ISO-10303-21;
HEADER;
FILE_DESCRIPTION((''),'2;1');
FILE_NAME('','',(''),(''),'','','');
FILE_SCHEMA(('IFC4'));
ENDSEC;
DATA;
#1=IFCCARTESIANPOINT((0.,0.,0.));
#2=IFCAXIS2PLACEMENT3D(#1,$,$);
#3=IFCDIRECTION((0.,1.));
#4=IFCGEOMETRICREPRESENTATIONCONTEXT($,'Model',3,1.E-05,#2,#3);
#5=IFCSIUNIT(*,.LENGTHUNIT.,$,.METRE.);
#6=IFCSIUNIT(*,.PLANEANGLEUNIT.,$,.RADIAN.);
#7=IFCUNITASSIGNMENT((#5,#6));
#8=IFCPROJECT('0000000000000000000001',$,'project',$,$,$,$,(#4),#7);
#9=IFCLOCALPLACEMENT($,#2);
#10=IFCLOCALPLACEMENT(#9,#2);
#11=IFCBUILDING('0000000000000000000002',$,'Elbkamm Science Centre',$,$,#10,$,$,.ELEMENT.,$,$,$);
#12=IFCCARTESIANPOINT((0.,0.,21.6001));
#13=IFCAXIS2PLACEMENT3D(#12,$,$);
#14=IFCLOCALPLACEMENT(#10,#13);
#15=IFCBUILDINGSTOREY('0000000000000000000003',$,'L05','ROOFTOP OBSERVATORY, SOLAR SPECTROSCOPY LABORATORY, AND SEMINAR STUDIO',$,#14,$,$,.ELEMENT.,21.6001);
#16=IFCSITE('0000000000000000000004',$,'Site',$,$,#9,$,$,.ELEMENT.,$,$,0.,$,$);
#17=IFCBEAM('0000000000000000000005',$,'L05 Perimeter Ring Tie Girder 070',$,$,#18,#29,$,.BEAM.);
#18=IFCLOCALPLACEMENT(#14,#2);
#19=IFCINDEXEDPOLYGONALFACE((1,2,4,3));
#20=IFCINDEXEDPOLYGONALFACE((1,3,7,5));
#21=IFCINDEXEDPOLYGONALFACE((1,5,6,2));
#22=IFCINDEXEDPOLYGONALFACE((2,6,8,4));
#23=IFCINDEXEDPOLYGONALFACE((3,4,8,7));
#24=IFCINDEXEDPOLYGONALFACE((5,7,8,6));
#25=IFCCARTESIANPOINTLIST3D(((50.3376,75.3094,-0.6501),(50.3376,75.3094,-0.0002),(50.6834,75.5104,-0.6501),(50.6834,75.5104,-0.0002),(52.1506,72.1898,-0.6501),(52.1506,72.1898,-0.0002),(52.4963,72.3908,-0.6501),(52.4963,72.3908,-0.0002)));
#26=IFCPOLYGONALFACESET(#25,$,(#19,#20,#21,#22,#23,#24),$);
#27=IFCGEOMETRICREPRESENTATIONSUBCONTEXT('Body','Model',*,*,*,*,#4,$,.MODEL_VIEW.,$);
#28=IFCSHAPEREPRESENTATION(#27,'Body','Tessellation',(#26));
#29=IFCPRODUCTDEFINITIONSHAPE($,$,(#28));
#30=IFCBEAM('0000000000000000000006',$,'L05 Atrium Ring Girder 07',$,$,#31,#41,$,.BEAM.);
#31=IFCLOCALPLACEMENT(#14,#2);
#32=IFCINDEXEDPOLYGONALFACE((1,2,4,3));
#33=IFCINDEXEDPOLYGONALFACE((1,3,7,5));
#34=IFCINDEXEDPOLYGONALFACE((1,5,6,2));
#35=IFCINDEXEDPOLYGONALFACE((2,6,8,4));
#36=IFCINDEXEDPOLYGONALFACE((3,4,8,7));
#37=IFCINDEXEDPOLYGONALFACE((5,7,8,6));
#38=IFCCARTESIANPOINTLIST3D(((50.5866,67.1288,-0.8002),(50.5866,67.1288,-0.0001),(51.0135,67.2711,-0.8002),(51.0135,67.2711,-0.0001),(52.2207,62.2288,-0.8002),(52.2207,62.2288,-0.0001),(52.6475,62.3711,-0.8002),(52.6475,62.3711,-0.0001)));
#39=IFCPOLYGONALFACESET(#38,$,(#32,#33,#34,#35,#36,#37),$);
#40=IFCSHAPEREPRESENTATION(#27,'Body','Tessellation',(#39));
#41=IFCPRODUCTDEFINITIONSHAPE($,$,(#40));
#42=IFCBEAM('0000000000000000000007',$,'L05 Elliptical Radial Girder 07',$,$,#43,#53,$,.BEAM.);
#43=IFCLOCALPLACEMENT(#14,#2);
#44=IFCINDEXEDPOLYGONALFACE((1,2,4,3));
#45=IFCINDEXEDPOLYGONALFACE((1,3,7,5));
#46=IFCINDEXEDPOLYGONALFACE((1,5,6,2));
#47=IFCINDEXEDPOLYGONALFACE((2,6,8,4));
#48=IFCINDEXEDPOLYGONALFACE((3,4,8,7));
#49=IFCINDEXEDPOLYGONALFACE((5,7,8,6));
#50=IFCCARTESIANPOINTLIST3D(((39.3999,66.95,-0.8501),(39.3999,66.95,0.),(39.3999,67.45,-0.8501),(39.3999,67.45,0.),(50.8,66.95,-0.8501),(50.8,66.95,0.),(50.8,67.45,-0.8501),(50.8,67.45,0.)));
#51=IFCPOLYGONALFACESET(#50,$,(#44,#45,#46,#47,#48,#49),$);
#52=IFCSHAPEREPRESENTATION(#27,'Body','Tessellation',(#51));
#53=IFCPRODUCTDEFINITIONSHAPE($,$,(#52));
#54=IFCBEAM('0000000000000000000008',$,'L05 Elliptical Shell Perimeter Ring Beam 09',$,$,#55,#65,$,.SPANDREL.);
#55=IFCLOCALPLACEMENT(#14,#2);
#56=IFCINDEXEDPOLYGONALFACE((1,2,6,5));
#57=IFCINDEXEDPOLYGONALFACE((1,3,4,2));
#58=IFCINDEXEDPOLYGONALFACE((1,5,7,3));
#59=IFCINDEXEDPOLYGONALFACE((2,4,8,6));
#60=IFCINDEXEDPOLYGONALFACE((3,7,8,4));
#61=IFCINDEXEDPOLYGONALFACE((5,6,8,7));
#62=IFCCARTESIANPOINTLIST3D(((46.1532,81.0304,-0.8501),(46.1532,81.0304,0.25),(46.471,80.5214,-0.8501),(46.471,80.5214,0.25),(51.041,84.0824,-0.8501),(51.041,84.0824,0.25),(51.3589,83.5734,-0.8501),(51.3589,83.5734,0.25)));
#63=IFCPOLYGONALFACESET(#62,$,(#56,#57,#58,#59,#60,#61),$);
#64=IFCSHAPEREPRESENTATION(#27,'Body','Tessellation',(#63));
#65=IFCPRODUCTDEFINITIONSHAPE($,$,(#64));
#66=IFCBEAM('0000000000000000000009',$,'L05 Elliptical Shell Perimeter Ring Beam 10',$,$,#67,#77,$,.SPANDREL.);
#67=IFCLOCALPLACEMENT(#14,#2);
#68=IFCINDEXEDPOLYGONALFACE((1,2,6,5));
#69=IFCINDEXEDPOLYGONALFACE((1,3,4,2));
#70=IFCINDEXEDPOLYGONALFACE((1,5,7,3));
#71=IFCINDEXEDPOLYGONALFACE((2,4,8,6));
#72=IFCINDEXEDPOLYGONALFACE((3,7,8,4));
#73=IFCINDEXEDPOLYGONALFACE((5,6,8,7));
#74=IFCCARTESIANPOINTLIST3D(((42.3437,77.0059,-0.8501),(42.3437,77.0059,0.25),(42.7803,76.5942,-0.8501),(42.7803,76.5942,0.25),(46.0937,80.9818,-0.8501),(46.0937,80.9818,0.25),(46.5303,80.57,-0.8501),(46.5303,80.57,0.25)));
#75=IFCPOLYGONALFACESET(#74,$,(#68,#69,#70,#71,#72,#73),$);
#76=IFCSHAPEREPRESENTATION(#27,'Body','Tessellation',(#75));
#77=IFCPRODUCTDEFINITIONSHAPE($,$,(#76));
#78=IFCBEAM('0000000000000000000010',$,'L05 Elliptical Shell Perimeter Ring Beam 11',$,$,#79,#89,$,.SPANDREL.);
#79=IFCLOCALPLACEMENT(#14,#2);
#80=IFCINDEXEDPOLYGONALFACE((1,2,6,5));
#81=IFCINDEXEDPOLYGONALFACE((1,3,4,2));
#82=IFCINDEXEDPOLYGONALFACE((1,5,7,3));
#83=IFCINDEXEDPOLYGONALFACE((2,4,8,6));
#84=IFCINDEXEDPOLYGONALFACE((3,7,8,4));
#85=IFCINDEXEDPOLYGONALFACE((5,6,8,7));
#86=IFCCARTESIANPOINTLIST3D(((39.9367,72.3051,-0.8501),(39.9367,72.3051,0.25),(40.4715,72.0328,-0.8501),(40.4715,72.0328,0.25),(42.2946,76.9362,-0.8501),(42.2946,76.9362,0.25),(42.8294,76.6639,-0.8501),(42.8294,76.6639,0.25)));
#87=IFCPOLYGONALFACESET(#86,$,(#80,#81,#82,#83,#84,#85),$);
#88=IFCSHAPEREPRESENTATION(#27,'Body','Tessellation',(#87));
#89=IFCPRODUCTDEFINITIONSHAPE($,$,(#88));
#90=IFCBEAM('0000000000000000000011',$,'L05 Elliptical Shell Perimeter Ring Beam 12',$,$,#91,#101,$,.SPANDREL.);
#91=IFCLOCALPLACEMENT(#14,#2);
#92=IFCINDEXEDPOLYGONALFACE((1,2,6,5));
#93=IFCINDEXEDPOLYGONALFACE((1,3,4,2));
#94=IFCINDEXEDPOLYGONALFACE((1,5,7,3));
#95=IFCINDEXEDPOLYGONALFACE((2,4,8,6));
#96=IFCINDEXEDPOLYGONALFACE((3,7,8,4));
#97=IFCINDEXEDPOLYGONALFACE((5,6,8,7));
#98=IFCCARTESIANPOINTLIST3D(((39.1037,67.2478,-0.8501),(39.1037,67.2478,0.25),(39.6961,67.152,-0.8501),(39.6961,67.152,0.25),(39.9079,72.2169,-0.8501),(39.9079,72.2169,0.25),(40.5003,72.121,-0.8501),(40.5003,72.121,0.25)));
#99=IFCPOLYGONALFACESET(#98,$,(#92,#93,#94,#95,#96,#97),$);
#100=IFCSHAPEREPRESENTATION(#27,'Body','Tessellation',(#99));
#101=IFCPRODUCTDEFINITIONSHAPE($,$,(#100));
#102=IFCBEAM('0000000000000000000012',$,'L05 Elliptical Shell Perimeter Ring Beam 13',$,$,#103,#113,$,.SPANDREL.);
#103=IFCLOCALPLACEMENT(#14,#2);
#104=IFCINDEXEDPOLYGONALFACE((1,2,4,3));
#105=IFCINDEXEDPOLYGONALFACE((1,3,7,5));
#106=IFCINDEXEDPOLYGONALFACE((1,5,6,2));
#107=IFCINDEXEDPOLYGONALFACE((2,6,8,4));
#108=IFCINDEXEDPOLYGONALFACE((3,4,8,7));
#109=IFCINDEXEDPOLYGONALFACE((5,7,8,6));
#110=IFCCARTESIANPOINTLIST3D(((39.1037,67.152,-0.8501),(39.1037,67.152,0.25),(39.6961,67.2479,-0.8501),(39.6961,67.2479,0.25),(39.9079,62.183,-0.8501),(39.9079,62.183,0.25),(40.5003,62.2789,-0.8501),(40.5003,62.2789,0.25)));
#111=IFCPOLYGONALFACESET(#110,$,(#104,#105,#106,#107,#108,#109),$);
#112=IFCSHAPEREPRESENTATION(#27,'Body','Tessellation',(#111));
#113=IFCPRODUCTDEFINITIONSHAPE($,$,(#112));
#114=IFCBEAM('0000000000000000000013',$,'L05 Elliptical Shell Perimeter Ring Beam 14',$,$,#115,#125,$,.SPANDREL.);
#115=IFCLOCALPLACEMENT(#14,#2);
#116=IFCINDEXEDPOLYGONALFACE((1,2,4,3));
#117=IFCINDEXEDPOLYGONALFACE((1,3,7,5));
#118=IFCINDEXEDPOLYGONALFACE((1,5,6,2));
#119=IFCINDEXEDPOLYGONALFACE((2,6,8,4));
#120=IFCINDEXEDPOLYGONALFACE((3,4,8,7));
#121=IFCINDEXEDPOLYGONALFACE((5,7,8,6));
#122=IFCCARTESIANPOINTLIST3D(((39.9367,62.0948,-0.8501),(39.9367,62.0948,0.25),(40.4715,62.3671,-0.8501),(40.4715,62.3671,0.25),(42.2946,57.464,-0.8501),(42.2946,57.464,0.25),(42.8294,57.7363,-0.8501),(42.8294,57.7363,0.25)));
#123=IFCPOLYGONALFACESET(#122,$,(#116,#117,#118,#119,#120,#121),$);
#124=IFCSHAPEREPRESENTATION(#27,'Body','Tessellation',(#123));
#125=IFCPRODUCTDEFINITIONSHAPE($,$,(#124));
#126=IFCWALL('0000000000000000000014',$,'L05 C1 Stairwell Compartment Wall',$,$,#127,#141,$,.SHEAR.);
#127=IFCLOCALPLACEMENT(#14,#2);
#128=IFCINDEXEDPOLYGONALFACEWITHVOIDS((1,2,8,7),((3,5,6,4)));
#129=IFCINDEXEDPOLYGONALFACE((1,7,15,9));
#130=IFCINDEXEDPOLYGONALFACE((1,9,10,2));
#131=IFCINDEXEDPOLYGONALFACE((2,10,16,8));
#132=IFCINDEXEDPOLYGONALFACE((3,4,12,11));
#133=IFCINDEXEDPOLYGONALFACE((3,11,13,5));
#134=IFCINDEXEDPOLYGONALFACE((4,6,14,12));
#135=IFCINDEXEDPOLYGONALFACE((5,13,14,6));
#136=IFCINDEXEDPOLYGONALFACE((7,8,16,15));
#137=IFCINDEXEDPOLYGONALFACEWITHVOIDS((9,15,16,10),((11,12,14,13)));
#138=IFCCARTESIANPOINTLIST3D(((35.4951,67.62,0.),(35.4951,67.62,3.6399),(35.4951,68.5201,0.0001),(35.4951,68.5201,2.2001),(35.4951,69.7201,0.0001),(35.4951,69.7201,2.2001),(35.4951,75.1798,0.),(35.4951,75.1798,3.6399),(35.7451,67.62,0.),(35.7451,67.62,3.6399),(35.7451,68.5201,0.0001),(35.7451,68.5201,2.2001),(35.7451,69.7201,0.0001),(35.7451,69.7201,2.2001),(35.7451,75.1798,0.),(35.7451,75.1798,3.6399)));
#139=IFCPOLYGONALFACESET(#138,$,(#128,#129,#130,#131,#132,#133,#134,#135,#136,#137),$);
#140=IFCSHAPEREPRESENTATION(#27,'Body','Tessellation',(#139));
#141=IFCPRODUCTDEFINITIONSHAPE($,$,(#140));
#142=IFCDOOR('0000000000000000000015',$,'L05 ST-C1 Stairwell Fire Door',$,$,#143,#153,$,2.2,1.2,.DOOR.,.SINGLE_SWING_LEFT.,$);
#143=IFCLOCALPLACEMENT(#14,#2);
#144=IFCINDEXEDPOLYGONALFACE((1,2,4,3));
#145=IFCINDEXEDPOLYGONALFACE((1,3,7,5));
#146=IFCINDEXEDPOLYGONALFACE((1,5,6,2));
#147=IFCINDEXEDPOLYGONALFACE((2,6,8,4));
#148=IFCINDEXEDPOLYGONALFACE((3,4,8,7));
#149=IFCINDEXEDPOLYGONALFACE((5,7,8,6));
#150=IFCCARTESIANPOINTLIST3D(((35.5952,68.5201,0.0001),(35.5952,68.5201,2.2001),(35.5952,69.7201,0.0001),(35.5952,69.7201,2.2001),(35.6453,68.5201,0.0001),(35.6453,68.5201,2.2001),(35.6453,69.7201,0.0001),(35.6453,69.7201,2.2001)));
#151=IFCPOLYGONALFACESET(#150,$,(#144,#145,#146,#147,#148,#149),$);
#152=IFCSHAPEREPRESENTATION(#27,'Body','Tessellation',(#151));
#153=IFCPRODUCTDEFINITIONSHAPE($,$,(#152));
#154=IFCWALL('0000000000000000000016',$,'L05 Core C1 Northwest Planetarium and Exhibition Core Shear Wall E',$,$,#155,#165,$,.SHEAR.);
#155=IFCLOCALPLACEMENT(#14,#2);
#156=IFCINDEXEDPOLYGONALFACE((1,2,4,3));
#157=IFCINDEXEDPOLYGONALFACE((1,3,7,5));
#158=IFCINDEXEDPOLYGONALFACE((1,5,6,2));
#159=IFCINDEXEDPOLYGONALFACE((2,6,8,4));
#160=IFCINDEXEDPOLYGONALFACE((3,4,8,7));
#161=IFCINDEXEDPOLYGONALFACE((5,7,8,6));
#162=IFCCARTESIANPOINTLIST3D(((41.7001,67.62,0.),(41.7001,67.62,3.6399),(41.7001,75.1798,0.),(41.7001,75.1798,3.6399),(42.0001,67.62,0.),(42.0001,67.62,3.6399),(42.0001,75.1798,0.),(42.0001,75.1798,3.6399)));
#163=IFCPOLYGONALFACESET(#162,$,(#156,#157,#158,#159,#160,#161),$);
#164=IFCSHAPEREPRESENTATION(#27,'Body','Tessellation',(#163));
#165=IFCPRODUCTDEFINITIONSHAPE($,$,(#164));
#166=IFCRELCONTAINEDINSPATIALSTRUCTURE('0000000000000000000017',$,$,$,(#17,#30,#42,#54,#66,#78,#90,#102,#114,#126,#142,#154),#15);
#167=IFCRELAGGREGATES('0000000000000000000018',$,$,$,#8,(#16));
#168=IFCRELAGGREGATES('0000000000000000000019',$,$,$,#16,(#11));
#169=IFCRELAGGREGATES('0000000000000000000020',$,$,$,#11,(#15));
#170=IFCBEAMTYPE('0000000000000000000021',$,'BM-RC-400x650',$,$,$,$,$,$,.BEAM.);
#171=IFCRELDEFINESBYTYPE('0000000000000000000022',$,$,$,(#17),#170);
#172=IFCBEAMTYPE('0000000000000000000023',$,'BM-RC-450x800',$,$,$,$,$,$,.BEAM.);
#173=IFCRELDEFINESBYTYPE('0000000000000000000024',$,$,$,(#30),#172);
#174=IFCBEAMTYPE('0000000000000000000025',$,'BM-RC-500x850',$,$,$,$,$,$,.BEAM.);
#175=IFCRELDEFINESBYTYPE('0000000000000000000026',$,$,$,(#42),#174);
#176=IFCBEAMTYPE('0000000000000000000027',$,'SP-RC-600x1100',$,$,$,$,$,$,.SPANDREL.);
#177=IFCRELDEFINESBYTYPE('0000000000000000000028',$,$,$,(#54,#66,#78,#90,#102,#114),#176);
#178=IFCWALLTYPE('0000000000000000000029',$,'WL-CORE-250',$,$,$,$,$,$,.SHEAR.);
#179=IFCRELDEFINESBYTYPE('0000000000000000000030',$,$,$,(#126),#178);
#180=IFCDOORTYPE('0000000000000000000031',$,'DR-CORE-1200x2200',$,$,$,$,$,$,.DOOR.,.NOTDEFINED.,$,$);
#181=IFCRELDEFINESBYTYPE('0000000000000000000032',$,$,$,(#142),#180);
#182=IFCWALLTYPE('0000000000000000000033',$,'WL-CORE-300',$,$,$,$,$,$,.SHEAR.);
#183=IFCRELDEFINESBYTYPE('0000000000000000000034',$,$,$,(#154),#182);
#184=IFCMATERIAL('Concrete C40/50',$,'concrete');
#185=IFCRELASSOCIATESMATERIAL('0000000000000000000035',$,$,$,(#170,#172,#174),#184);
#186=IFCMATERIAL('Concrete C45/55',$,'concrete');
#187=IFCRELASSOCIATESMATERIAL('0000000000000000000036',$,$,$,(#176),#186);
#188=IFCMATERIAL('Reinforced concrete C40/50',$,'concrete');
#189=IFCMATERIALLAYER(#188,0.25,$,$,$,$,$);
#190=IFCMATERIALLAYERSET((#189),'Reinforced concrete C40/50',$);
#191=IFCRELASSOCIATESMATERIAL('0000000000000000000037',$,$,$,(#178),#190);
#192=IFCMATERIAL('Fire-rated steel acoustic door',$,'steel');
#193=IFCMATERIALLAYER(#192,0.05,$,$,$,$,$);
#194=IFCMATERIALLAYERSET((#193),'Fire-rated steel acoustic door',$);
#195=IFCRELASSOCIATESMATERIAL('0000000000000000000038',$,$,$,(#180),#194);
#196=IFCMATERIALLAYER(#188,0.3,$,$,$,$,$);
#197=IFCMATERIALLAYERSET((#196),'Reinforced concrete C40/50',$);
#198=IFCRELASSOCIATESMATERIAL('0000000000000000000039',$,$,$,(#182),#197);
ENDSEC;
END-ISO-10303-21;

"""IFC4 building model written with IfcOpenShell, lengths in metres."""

from ifc_helpers import new_model, si_unit, direction, frame, frame_2d, origin, origin_2d, place, context, subcontext, project, spatial, rectangle, extrude, material, layer, layer_set, material_profile, profile_set, type_object, element, fill, save


model = new_model("IFC4")

# Units and contexts
model_context = context("Model", 3, precision=1e-05, world=origin(), true_north=direction((0.0, 1.0)))
body_context = subcontext(model_context, "Body", "Model", "MODEL_VIEW")
ifc_project = project(units=[si_unit("LENGTHUNIT", "METRE"), si_unit("PLANEANGLEUNIT", "RADIAN")], contexts=[model_context])

# Site, building, storey
site_placement = place(None, origin())
site = spatial("IfcSite", under=ifc_project, at=site_placement, Name="Site", CompositionType="ELEMENT", RefElevation=0.0)
building_placement = place(site_placement, origin())
building = spatial("IfcBuilding", under=site, at=building_placement, Name="Elbkamm Science Centre", CompositionType="ELEMENT")
storey_placement = place(building_placement, frame((0.0, 0.0, 21.6001)))
storey = spatial("IfcBuildingStorey", under=building, at=storey_placement, Name="L05", Description="ROOFTOP OBSERVATORY, SOLAR SPECTROSCOPY LABORATORY, AND SEMINAR STUDIO", CompositionType="ELEMENT", Elevation=21.6001)

# Beams
ifc_material_1 = material(Name="Concrete C40/50", Category="concrete")
ifc_material_profile_1 = material_profile(ifc_material_1, rectangle(XDim=0.3999, YDim=0.6499, at=origin_2d()), Name="RC 400x650")
ifc_profile_set_1 = profile_set([ifc_material_profile_1], Name="Concrete C40/50")
beam_type_1 = type_object("IfcBeamType", Name="BM-RC-400x650", PredefinedType="BEAM", material=ifc_profile_set_1)
beam_1_placement = place(storey_placement, frame((50.5105, 75.4099, -0.3252), z_axis=(0.502465, -0.864597, 0.0), x_axis=(0.864597, 0.502465, 0.0)))
element("IfcBeam", 1, at=beam_1_placement, inside=storey, type_object=beam_type_1, Name="L05 Perimeter Ring Tie Girder 070", PredefinedType="BEAM", context=body_context, shape_type="SweptSolid", body=[
    extrude(rectangle(XDim=0.3999, YDim=0.6499, at=origin_2d()), origin(), (0.0, 0.0, 1.0), 3.6082),
])
ifc_material_profile_2 = material_profile(ifc_material_1, rectangle(XDim=0.45, YDim=0.8, at=origin_2d()), Name="RC 450x800")
ifc_profile_set_2 = profile_set([ifc_material_profile_2], Name="Concrete C40/50")
beam_type_2 = type_object("IfcBeamType", Name="BM-RC-450x800", PredefinedType="BEAM", material=ifc_profile_set_2)
beam_2_placement = place(storey_placement, frame((50.8, 67.2, -0.4001), z_axis=(0.316355, -0.948641, 0.0), x_axis=(0.948641, 0.316355, 0.0)))
element("IfcBeam", 2, at=beam_2_placement, inside=storey, type_object=beam_type_2, Name="L05 Atrium Ring Girder 07", PredefinedType="BEAM", context=body_context, shape_type="SweptSolid", body=[
    extrude(rectangle(XDim=0.45, YDim=0.8, at=origin_2d()), origin(), (0.0, 0.0, 1.0), 5.1653),
])
ifc_material_profile_3 = material_profile(ifc_material_1, rectangle(XDim=0.5, YDim=0.8501, at=origin_2d()), Name="RC 500x850")
ifc_profile_set_3 = profile_set([ifc_material_profile_3], Name="Concrete C40/50")
beam_type_3 = type_object("IfcBeamType", Name="BM-RC-500x850", PredefinedType="BEAM", material=ifc_profile_set_3)
beam_3_placement = place(storey_placement, frame((50.8, 67.2, -0.425), z_axis=(-1.0, 0.0, 0.0), x_axis=(0.0, -1.0, 0.0)))
element("IfcBeam", 3, at=beam_3_placement, inside=storey, type_object=beam_type_3, Name="L05 Elliptical Radial Girder 07", PredefinedType="BEAM", context=body_context, shape_type="SweptSolid", body=[
    extrude(rectangle(XDim=0.5, YDim=0.8501, at=origin_2d()), origin(), (0.0, 0.0, 1.0), 11.4001),
])
ifc_material_2 = material(Name="Concrete C45/55", Category="concrete")
ifc_material_profile_4 = material_profile(ifc_material_2, rectangle(XDim=0.6001, YDim=1.1001, at=origin_2d()), Name="RC 600x1100")
ifc_profile_set_4 = profile_set([ifc_material_profile_4], Name="Concrete C45/55")
beam_type_4 = type_object("IfcBeamType", Name="SP-RC-600x1100", PredefinedType="SPANDREL", material=ifc_profile_set_4)
beam_4_placement = place(storey_placement, frame((51.2, 83.8279, -0.3), z_axis=(-0.848229, -0.529629, 0.0), x_axis=(0.529629, -0.848229, 0.0)))
element("IfcBeam", 4, at=beam_4_placement, inside=storey, type_object=beam_type_4, Name="L05 Elliptical Shell Perimeter Ring Beam 09", PredefinedType="SPANDREL", context=body_context, shape_type="SweptSolid", body=[
    extrude(rectangle(XDim=0.6001, YDim=1.1001, at=origin_2d()), origin(), (0.0, 0.0, 1.0), 5.7625),
])
beam_5_placement = place(storey_placement, frame((46.312, 80.7759, -0.3), z_axis=(-0.686145, -0.727465, 0.0), x_axis=(0.727465, -0.686145, 0.0)))
element("IfcBeam", 5, at=beam_5_placement, inside=storey, type_object=beam_type_4, Name="L05 Elliptical Shell Perimeter Ring Beam 10", PredefinedType="SPANDREL", context=body_context, shape_type="SweptSolid", body=[
    extrude(rectangle(XDim=0.6001, YDim=1.1001, at=origin_2d()), origin(), (0.0, 0.0, 1.0), 5.4653),
])
beam_6_placement = place(storey_placement, frame((42.562, 76.8, -0.3), z_axis=(-0.453722, -0.891143, 0.0), x_axis=(0.891143, -0.453722, 0.0)))
element("IfcBeam", 6, at=beam_6_placement, inside=storey, type_object=beam_type_4, Name="L05 Elliptical Shell Perimeter Ring Beam 11", PredefinedType="SPANDREL", context=body_context, shape_type="SweptSolid", body=[
    extrude(rectangle(XDim=0.6001, YDim=1.1001, at=origin_2d()), origin(), (0.0, 0.0, 1.0), 5.1968),
])
for number, where, z_axis, x_axis, name in (
    (7, (40.2041, 72.1689, -0.3), (-0.159765, -0.987155, 0.0), (0.987155, -0.159765, 0.0), "L05 Elliptical Shell Perimeter Ring Beam 12"),
    (8, (39.3999, 67.2, -0.3), (0.159765, -0.987155, 0.0), (0.987155, 0.159765, 0.0), "L05 Elliptical Shell Perimeter Ring Beam 13"),
):
    element("IfcBeam", number, at=place(storey_placement, frame(where, z_axis=z_axis, x_axis=x_axis)), inside=storey, type_object=beam_type_4, Name=name, PredefinedType="SPANDREL", context=body_context, shape_type="SweptSolid", body=[
        extrude(rectangle(XDim=0.6001, YDim=1.1001, at=origin_2d()), origin(), (0.0, 0.0, 1.0), 5.0337),
    ])
beam_7_placement = place(storey_placement, frame((40.2041, 62.231, -0.3), z_axis=(0.453741, -0.891133, 0.0), x_axis=(0.891133, 0.453741, 0.0)))
element("IfcBeam", 9, at=beam_7_placement, inside=storey, type_object=beam_type_4, Name="L05 Elliptical Shell Perimeter Ring Beam 14", PredefinedType="SPANDREL", context=body_context, shape_type="SweptSolid", body=[
    extrude(rectangle(XDim=0.6001, YDim=1.1001, at=origin_2d()), origin(), (0.0, 0.0, 1.0), 5.1965),
])

# Wall, opening, door
ifc_material_3 = material(Name="Reinforced concrete C40/50", Category="concrete")
ifc_layer_1 = layer(ifc_material_3, 0.25)
ifc_layer_set_1 = layer_set([ifc_layer_1], Name="Reinforced concrete C40/50")
wall_type_1 = type_object("IfcWallType", Name="WL-CORE-250", PredefinedType="SHEAR", material=ifc_layer_set_1)
wall_1_placement = place(storey_placement, frame((35.6201, 67.6201, 0.0), z_axis=(0.0, 0.0, 1.0), x_axis=(0.0, 1.0, 0.0)))
wall_1 = element("IfcWall", 10, at=wall_1_placement, inside=storey, type_object=wall_type_1, Name="L05 C1 Stairwell Compartment Wall", PredefinedType="SHEAR", context=body_context, shape_type="SweptSolid", body=[
    extrude(rectangle(XDim=7.5598, YDim=0.25, at=frame_2d((3.7798, 0.0))), origin(), (0.0, 0.0, 1.0), 3.6399),
])
opening_1_placement = place(wall_1_placement, frame((0.8999, 0.0, 0.0)))
opening_1 = element("IfcOpeningElement", 11, at=opening_1_placement, cuts=wall_1, PredefinedType="OPENING", context=body_context, shape_type="SweptSolid", body=[
    extrude(rectangle(XDim=1.2, YDim=2.2, at=frame_2d((0.6001, 1.1001))), frame((0.0, 0.137, 0.0), z_axis=(0.0, -1.0, 0.0), x_axis=(1.0, 0.0, 0.0)), (0.0, 0.0, 1.0), 0.2739),
])
ifc_material_4 = material(Name="Fire-rated steel acoustic door", Category="steel")
ifc_layer_2 = layer(ifc_material_4, 0.05)
ifc_layer_set_2 = layer_set([ifc_layer_2], Name="Fire-rated steel acoustic door")
door_type_1 = type_object("IfcDoorType", Name="DR-CORE-1200x2200", OperationType="NOTDEFINED", PredefinedType="DOOR", material=ifc_layer_set_2)
door_1_placement = place(opening_1_placement, origin())
door_1 = element("IfcDoor", 12, at=door_1_placement, inside=storey, type_object=door_type_1, Name="L05 ST-C1 Stairwell Fire Door", OperationType="SINGLE_SWING_LEFT", OverallHeight=2.2, OverallWidth=1.2, PredefinedType="DOOR", context=body_context, shape_type="SweptSolid", body=[
    extrude(rectangle(XDim=1.2, YDim=2.2, at=frame_2d((0.6001, 1.1001))), frame((0.0, 0.0249, 0.0), z_axis=(0.0, -1.0, 0.0), x_axis=(1.0, 0.0, 0.0)), (0.0, 0.0, 1.0), 0.05),
])
fill(opening_1, door_1)

# Wall
ifc_layer_3 = layer(ifc_material_3, 0.3)
ifc_layer_set_3 = layer_set([ifc_layer_3], Name="Reinforced concrete C40/50")
wall_type_2 = type_object("IfcWallType", Name="WL-CORE-300", PredefinedType="SHEAR", material=ifc_layer_set_3)
wall_2_placement = place(storey_placement, frame((41.8501, 67.6201, 0.0), z_axis=(0.0, 0.0, 1.0), x_axis=(0.0, 1.0, 0.0)))
element("IfcWall", 13, at=wall_2_placement, inside=storey, type_object=wall_type_2, Name="L05 Core C1 Northwest Planetarium and Exhibition Core Shear Wall E", PredefinedType="SHEAR", context=body_context, shape_type="SweptSolid", body=[
    extrude(rectangle(XDim=7.5598, YDim=0.3, at=frame_2d((3.7798, 0.0))), origin(), (0.0, 0.0, 1.0), 3.6399),
])

save(model, "model.ifc")
